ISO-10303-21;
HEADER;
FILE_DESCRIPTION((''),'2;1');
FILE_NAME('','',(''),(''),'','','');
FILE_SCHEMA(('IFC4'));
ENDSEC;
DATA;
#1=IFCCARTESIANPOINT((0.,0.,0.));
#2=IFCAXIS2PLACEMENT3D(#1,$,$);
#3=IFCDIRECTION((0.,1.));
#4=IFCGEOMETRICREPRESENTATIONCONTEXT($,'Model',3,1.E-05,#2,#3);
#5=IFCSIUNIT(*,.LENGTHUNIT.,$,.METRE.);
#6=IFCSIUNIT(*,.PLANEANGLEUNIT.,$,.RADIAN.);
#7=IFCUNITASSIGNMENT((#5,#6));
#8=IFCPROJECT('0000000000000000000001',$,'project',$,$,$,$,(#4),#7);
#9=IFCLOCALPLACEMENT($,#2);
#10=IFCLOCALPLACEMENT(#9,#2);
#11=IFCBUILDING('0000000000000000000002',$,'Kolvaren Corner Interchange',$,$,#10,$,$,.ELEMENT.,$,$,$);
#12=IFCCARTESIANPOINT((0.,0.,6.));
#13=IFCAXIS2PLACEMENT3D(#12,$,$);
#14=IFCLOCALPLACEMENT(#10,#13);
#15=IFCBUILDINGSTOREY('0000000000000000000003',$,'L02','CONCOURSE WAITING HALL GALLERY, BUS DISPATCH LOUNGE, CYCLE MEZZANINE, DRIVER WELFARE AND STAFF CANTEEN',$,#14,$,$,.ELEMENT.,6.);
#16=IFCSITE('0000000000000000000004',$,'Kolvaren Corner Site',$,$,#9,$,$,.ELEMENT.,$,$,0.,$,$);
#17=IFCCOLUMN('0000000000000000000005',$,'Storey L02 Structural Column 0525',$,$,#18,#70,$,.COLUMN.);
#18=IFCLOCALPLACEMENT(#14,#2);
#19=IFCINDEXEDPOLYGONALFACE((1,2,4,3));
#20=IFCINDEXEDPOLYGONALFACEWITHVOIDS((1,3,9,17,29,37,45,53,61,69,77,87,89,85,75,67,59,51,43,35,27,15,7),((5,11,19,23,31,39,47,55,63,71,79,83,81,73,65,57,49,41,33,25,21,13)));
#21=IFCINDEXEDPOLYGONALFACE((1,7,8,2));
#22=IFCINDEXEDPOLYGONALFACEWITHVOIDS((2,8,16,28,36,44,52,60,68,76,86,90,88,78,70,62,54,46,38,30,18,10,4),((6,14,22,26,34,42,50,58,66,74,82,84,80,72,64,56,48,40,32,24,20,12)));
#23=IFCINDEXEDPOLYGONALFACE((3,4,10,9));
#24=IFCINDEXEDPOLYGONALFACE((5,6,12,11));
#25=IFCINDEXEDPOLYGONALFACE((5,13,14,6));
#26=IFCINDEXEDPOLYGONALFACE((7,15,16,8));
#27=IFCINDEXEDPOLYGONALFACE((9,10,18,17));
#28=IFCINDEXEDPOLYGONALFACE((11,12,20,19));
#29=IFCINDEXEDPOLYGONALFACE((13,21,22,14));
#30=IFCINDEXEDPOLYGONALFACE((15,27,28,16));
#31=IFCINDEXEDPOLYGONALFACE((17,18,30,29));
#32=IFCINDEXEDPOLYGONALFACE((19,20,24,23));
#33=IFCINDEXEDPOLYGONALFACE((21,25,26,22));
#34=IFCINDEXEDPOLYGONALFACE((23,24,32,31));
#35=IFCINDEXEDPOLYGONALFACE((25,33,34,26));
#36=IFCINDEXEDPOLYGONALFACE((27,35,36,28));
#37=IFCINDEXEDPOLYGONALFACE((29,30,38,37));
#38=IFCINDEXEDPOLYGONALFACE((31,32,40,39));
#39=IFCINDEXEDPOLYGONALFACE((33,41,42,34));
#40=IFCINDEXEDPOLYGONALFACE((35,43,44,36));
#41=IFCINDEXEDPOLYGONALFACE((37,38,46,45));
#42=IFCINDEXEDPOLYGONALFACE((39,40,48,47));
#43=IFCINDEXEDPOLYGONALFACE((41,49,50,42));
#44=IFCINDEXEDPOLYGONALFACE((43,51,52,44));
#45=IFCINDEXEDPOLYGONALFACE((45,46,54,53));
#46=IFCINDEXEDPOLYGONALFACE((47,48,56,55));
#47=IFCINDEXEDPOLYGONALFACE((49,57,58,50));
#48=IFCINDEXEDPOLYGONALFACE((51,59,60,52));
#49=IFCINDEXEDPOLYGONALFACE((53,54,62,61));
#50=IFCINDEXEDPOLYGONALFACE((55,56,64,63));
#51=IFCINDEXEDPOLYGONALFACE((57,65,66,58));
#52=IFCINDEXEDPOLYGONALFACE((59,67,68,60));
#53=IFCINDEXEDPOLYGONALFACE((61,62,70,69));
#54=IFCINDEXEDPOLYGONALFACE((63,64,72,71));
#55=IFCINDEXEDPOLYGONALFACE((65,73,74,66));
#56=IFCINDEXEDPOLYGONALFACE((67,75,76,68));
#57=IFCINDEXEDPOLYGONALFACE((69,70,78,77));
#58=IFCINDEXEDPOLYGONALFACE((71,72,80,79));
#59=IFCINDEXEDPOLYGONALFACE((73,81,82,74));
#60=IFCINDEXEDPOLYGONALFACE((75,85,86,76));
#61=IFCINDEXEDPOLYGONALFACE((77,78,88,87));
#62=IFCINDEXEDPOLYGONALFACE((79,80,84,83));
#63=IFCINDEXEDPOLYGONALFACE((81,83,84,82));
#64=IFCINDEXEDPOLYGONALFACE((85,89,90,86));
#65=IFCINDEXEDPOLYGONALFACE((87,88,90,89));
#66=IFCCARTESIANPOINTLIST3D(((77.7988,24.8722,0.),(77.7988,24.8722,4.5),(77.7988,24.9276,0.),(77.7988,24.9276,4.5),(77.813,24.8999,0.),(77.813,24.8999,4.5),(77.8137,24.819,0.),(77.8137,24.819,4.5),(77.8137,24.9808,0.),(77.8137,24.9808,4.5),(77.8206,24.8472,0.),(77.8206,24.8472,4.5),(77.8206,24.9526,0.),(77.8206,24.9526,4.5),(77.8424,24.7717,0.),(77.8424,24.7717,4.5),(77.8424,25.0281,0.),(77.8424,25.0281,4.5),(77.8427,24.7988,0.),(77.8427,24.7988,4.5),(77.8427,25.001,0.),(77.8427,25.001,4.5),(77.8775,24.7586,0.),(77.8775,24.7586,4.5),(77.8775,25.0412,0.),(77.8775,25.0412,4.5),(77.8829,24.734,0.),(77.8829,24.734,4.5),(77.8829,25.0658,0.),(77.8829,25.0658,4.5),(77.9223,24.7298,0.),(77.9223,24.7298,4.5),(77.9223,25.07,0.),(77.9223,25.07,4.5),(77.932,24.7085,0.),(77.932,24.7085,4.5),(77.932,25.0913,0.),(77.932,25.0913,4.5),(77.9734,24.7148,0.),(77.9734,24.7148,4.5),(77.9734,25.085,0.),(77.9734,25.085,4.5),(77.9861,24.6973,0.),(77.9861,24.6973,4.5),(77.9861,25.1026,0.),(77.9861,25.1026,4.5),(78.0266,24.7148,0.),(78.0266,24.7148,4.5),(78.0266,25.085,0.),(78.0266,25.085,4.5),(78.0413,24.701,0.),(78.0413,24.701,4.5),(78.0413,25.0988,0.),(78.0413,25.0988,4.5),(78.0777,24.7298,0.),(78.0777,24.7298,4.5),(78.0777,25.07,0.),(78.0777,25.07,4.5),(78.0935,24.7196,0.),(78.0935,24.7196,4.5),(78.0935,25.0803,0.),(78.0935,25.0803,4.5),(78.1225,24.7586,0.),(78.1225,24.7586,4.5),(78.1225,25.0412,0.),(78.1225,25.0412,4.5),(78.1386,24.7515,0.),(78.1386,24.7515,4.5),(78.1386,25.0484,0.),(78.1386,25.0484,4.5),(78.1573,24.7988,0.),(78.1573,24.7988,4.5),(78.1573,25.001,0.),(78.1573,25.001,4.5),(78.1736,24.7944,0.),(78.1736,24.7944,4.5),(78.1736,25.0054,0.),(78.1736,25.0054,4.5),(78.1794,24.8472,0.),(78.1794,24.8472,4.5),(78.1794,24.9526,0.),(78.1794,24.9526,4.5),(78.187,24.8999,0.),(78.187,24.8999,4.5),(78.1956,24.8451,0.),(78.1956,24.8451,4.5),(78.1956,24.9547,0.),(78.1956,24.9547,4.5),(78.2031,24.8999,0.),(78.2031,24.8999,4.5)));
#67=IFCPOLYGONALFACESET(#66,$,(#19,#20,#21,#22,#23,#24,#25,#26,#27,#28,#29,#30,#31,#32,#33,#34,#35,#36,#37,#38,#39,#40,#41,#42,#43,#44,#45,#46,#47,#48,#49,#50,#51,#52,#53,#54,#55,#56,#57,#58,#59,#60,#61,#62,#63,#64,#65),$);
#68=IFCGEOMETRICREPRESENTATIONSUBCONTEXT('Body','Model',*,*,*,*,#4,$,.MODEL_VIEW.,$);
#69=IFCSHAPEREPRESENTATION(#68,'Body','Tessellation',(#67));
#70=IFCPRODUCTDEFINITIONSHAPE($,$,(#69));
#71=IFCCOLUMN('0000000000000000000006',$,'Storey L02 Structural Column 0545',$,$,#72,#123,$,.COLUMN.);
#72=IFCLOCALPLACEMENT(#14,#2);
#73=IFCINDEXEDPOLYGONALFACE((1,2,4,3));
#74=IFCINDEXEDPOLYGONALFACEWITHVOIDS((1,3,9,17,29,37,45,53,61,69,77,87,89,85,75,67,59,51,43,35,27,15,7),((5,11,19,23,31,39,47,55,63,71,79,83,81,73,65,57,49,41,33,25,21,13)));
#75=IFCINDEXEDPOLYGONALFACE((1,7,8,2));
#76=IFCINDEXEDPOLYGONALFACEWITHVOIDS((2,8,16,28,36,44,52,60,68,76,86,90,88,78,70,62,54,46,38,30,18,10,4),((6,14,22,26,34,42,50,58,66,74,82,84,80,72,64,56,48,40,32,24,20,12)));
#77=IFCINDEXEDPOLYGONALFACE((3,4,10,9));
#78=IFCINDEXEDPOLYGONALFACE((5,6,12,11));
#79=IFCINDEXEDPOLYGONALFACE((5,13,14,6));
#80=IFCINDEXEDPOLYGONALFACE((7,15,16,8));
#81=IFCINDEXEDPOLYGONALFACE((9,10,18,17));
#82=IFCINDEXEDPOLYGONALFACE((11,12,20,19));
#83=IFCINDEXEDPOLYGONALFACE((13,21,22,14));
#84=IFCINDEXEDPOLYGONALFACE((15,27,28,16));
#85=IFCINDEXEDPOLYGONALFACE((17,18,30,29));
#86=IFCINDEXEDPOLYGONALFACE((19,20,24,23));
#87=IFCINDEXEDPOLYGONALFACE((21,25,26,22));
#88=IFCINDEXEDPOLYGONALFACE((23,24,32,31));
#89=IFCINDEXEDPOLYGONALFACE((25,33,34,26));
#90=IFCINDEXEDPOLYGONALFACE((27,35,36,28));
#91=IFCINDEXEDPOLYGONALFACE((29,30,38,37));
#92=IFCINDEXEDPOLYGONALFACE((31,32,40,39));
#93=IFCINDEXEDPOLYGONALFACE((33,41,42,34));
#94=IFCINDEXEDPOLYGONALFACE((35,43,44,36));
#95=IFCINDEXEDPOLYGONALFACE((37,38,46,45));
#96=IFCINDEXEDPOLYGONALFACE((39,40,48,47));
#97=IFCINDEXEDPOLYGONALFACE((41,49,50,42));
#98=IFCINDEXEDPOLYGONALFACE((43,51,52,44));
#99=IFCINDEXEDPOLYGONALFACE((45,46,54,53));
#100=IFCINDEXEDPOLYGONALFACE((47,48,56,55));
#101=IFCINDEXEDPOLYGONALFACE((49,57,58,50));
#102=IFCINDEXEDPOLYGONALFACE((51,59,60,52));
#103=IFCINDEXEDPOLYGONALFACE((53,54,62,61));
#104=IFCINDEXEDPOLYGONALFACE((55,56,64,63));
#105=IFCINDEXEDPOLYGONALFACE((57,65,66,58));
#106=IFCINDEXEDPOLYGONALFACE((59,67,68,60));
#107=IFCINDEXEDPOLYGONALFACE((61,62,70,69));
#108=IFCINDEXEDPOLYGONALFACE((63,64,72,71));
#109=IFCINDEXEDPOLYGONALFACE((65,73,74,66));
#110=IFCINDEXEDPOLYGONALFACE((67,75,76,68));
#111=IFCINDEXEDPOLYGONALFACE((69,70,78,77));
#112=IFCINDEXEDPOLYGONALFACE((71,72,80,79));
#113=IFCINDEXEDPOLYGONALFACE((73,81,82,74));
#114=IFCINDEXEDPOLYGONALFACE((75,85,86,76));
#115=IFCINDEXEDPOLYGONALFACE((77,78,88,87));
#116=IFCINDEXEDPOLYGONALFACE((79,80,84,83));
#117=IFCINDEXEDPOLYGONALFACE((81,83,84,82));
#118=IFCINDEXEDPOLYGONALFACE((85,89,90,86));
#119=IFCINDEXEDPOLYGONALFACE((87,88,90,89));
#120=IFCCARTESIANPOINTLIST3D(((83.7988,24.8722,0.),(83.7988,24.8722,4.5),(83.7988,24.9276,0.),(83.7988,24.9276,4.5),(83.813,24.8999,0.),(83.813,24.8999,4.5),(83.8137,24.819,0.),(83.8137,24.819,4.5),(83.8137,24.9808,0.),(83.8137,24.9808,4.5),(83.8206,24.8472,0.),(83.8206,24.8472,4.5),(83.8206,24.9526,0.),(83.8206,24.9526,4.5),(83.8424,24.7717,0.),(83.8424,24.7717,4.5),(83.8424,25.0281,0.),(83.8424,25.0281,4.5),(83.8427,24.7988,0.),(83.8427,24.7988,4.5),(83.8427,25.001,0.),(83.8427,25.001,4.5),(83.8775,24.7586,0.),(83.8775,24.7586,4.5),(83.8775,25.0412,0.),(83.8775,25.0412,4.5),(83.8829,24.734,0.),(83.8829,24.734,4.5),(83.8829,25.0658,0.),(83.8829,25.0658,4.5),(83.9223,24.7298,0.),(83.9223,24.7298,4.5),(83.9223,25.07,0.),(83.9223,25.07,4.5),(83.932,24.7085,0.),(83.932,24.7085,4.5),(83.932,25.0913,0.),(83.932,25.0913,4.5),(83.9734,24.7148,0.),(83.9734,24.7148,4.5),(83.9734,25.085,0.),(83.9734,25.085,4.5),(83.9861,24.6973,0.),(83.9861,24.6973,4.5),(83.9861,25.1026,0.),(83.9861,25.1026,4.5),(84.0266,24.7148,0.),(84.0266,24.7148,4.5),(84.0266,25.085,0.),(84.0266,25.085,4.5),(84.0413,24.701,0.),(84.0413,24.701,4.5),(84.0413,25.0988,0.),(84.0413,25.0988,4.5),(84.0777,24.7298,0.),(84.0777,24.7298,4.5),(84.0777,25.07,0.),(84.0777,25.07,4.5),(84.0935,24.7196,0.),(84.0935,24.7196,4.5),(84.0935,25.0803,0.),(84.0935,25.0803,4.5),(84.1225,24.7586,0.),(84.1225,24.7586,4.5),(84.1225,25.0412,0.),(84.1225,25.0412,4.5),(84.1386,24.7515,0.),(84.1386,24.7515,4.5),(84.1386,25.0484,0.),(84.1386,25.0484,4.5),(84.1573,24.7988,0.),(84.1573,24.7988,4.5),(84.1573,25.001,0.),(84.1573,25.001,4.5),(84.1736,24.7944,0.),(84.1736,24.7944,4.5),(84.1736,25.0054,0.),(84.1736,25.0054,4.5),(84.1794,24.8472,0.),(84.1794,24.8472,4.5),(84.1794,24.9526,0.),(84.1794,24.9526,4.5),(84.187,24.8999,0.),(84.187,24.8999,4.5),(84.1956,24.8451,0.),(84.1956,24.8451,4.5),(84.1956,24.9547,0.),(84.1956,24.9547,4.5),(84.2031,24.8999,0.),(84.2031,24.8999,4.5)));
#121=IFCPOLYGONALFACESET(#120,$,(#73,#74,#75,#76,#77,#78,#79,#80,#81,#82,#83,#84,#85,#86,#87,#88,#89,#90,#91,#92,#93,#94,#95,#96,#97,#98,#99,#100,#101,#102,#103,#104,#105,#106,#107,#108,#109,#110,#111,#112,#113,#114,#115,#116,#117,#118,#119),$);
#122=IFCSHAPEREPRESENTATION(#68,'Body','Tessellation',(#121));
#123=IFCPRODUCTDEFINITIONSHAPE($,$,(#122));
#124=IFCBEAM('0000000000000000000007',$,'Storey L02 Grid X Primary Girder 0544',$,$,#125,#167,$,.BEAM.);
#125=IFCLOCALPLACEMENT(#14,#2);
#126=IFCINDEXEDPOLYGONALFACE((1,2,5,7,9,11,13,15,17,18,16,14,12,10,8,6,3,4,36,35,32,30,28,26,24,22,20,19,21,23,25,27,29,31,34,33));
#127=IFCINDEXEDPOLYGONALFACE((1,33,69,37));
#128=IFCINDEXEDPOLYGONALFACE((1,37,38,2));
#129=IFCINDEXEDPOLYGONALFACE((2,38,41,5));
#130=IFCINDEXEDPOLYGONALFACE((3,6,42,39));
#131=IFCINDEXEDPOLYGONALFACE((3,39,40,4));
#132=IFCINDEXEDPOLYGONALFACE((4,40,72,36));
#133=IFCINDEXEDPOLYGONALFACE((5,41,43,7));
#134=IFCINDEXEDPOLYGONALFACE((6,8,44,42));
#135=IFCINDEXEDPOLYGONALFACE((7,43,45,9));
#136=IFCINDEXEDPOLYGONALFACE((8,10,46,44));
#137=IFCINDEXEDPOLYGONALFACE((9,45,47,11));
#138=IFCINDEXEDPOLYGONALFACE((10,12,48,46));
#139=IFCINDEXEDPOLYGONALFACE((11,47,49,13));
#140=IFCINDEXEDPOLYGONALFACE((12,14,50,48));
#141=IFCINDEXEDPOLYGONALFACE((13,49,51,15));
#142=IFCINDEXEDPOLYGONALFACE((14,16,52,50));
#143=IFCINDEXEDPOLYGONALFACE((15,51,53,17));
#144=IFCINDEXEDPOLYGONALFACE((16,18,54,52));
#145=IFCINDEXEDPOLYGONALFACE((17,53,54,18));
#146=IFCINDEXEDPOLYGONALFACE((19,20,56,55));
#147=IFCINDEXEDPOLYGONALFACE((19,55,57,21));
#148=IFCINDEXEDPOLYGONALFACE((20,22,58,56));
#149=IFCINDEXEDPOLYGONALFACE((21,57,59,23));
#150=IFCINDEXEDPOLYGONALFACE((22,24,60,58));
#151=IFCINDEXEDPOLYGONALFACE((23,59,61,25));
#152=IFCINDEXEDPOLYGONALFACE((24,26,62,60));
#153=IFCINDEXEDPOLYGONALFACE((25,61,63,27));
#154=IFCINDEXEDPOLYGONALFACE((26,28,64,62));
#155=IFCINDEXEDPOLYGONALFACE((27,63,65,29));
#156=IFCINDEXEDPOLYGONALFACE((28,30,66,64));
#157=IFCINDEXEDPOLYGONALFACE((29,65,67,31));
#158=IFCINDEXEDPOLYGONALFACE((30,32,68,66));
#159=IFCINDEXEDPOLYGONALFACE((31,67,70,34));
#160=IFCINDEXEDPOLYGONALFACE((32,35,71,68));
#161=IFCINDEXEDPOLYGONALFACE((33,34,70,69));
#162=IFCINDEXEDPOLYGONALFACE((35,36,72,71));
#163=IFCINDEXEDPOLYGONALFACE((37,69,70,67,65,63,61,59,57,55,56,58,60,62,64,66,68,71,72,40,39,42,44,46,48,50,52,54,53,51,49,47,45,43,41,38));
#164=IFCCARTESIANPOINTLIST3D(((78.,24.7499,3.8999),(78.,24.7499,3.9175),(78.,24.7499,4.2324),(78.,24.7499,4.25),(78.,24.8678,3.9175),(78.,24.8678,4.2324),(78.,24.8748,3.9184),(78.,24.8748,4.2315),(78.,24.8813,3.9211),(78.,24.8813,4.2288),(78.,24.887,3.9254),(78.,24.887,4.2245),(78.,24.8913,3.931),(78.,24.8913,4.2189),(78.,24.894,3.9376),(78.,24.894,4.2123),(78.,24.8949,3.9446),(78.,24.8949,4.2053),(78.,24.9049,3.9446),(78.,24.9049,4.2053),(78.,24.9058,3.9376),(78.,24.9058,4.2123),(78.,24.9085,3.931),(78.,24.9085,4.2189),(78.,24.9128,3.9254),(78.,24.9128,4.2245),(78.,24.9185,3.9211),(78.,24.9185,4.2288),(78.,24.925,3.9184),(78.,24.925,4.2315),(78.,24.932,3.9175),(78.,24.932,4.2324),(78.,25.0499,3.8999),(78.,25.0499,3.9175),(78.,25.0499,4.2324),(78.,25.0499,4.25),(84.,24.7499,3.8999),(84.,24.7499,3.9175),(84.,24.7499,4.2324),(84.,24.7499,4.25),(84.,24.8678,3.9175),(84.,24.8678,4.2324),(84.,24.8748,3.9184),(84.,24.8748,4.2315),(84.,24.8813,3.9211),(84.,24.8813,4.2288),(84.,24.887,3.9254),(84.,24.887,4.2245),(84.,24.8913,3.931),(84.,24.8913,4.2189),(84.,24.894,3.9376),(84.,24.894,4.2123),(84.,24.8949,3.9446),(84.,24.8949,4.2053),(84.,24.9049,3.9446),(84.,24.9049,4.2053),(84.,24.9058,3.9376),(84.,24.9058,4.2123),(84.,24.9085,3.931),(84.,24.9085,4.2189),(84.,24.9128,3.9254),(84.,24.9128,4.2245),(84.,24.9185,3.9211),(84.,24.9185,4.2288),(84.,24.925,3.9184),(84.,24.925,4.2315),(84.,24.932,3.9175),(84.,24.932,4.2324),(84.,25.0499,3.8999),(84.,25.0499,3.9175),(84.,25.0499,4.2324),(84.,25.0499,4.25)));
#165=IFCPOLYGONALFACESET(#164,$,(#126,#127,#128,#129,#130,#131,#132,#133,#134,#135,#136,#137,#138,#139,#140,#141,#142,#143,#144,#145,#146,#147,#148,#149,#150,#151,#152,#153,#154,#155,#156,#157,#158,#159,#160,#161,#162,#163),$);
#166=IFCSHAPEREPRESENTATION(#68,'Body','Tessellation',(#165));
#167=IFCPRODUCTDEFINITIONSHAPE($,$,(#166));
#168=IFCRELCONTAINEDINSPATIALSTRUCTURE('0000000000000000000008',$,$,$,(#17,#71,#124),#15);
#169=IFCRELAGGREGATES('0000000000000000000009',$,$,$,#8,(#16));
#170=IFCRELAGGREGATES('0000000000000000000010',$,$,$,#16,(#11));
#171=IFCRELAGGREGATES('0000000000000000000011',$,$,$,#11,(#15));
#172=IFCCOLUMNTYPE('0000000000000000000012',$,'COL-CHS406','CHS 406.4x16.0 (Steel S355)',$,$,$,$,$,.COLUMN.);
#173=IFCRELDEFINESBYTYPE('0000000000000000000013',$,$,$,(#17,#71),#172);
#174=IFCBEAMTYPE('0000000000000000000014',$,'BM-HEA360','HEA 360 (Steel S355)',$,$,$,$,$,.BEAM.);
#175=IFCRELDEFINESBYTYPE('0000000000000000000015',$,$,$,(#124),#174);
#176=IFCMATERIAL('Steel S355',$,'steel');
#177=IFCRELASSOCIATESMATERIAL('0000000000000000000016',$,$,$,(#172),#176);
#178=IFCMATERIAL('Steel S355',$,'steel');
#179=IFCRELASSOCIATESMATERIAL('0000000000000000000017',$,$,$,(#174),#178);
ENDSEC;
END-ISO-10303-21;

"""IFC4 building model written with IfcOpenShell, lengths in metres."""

from ifc_helpers import new_model, si_unit, direction, frame, origin, origin_2d, place, context, subcontext, project, spatial, hollow_circle, i_section, extrude, material, material_profile, profile_set, type_object, element, save


model = new_model("IFC4")

# Units and contexts
model_context = context("Model", 3, precision=1e-05, world=origin(), true_north=direction((0.0, 1.0)))
body_context = subcontext(model_context, "Body", "Model", "MODEL_VIEW")
ifc_project = project(units=[si_unit("LENGTHUNIT", "METRE"), si_unit("PLANEANGLEUNIT", "RADIAN")], contexts=[model_context])

# Site, building, storey
site_placement = place(None, origin())
site = spatial("IfcSite", under=ifc_project, at=site_placement, Name="Kolvaren Corner Site", CompositionType="ELEMENT", RefElevation=0.0)
building_placement = place(site_placement, origin())
building = spatial("IfcBuilding", under=site, at=building_placement, Name="Kolvaren Corner Interchange", CompositionType="ELEMENT")
storey_placement = place(building_placement, frame((0.0, 0.0, 6.0)))
storey = spatial("IfcBuildingStorey", under=building, at=storey_placement, Name="L02", Description="CONCOURSE WAITING HALL GALLERY, BUS DISPATCH LOUNGE, CYCLE MEZZANINE, DRIVER WELFARE AND STAFF CANTEEN", CompositionType="ELEMENT", Elevation=6.0)

# Columns
ifc_material_1 = material(Name="Steel S355", Category="steel")
ifc_material_profile_1 = material_profile(ifc_material_1, hollow_circle(Radius=0.2031, WallThickness=0.0161, at=origin_2d()), Name="CHS 406.4x16.0")
ifc_profile_set_1 = profile_set([ifc_material_profile_1], Name="Steel S355")
column_type = type_object("IfcColumnType", Name="COL-CHS406", Description="CHS 406.4x16.0 (Steel S355)", PredefinedType="COLUMN", material=ifc_profile_set_1)
for number, where, z_axis, x_axis, name in (
    (1, (78.0, 24.8999, 0.0), (0.0, 0.0, 1.0), (1.0, 0.0, 0.0), "Storey L02 Structural Column 0525"),
    (2, (84.0, 24.8999, 0.0), (0.0, 0.0, 1.0), (1.0, 0.0, 0.0), "Storey L02 Structural Column 0545"),
):
    element("IfcColumn", number, at=place(storey_placement, frame(where, z_axis=z_axis, x_axis=x_axis)), inside=storey, type_object=column_type, Name=name, PredefinedType="COLUMN", context=body_context, shape_type="SweptSolid", body=[
        extrude(hollow_circle(Radius=0.2031, WallThickness=0.0161, at=origin_2d()), origin(), (0.0, 0.0, 1.0), 4.5),
    ])

# Beam
ifc_material_2 = material(Name="Steel S355", Category="steel")
ifc_material_profile_2 = material_profile(ifc_material_2, i_section(OverallWidth=0.3, OverallDepth=0.3501, WebThickness=0.01, FlangeThickness=0.0176, FilletRadius=0.0271, at=origin_2d()), Name="HEA 360")
ifc_profile_set_2 = profile_set([ifc_material_profile_2], Name="Steel S355")
beam_type = type_object("IfcBeamType", Name="BM-HEA360", Description="HEA 360 (Steel S355)", PredefinedType="BEAM", material=ifc_profile_set_2)
for number, where, z_axis, x_axis, name in (
    (3, (78.0, 24.8999, 4.075), (1.0, 0.0, 0.0), (0.0, 1.0, 0.0), "Storey L02 Grid X Primary Girder 0544"),
):
    element("IfcBeam", number, at=place(storey_placement, frame(where, z_axis=z_axis, x_axis=x_axis)), inside=storey, type_object=beam_type, Name=name, PredefinedType="BEAM", context=body_context, shape_type="SweptSolid", body=[
        extrude(i_section(OverallWidth=0.3, OverallDepth=0.3501, WebThickness=0.01, FlangeThickness=0.0176, FilletRadius=0.0271, at=origin_2d()), origin(), (0.0, 0.0, 1.0), 6.0),
    ])

save(model, "model.ifc")
